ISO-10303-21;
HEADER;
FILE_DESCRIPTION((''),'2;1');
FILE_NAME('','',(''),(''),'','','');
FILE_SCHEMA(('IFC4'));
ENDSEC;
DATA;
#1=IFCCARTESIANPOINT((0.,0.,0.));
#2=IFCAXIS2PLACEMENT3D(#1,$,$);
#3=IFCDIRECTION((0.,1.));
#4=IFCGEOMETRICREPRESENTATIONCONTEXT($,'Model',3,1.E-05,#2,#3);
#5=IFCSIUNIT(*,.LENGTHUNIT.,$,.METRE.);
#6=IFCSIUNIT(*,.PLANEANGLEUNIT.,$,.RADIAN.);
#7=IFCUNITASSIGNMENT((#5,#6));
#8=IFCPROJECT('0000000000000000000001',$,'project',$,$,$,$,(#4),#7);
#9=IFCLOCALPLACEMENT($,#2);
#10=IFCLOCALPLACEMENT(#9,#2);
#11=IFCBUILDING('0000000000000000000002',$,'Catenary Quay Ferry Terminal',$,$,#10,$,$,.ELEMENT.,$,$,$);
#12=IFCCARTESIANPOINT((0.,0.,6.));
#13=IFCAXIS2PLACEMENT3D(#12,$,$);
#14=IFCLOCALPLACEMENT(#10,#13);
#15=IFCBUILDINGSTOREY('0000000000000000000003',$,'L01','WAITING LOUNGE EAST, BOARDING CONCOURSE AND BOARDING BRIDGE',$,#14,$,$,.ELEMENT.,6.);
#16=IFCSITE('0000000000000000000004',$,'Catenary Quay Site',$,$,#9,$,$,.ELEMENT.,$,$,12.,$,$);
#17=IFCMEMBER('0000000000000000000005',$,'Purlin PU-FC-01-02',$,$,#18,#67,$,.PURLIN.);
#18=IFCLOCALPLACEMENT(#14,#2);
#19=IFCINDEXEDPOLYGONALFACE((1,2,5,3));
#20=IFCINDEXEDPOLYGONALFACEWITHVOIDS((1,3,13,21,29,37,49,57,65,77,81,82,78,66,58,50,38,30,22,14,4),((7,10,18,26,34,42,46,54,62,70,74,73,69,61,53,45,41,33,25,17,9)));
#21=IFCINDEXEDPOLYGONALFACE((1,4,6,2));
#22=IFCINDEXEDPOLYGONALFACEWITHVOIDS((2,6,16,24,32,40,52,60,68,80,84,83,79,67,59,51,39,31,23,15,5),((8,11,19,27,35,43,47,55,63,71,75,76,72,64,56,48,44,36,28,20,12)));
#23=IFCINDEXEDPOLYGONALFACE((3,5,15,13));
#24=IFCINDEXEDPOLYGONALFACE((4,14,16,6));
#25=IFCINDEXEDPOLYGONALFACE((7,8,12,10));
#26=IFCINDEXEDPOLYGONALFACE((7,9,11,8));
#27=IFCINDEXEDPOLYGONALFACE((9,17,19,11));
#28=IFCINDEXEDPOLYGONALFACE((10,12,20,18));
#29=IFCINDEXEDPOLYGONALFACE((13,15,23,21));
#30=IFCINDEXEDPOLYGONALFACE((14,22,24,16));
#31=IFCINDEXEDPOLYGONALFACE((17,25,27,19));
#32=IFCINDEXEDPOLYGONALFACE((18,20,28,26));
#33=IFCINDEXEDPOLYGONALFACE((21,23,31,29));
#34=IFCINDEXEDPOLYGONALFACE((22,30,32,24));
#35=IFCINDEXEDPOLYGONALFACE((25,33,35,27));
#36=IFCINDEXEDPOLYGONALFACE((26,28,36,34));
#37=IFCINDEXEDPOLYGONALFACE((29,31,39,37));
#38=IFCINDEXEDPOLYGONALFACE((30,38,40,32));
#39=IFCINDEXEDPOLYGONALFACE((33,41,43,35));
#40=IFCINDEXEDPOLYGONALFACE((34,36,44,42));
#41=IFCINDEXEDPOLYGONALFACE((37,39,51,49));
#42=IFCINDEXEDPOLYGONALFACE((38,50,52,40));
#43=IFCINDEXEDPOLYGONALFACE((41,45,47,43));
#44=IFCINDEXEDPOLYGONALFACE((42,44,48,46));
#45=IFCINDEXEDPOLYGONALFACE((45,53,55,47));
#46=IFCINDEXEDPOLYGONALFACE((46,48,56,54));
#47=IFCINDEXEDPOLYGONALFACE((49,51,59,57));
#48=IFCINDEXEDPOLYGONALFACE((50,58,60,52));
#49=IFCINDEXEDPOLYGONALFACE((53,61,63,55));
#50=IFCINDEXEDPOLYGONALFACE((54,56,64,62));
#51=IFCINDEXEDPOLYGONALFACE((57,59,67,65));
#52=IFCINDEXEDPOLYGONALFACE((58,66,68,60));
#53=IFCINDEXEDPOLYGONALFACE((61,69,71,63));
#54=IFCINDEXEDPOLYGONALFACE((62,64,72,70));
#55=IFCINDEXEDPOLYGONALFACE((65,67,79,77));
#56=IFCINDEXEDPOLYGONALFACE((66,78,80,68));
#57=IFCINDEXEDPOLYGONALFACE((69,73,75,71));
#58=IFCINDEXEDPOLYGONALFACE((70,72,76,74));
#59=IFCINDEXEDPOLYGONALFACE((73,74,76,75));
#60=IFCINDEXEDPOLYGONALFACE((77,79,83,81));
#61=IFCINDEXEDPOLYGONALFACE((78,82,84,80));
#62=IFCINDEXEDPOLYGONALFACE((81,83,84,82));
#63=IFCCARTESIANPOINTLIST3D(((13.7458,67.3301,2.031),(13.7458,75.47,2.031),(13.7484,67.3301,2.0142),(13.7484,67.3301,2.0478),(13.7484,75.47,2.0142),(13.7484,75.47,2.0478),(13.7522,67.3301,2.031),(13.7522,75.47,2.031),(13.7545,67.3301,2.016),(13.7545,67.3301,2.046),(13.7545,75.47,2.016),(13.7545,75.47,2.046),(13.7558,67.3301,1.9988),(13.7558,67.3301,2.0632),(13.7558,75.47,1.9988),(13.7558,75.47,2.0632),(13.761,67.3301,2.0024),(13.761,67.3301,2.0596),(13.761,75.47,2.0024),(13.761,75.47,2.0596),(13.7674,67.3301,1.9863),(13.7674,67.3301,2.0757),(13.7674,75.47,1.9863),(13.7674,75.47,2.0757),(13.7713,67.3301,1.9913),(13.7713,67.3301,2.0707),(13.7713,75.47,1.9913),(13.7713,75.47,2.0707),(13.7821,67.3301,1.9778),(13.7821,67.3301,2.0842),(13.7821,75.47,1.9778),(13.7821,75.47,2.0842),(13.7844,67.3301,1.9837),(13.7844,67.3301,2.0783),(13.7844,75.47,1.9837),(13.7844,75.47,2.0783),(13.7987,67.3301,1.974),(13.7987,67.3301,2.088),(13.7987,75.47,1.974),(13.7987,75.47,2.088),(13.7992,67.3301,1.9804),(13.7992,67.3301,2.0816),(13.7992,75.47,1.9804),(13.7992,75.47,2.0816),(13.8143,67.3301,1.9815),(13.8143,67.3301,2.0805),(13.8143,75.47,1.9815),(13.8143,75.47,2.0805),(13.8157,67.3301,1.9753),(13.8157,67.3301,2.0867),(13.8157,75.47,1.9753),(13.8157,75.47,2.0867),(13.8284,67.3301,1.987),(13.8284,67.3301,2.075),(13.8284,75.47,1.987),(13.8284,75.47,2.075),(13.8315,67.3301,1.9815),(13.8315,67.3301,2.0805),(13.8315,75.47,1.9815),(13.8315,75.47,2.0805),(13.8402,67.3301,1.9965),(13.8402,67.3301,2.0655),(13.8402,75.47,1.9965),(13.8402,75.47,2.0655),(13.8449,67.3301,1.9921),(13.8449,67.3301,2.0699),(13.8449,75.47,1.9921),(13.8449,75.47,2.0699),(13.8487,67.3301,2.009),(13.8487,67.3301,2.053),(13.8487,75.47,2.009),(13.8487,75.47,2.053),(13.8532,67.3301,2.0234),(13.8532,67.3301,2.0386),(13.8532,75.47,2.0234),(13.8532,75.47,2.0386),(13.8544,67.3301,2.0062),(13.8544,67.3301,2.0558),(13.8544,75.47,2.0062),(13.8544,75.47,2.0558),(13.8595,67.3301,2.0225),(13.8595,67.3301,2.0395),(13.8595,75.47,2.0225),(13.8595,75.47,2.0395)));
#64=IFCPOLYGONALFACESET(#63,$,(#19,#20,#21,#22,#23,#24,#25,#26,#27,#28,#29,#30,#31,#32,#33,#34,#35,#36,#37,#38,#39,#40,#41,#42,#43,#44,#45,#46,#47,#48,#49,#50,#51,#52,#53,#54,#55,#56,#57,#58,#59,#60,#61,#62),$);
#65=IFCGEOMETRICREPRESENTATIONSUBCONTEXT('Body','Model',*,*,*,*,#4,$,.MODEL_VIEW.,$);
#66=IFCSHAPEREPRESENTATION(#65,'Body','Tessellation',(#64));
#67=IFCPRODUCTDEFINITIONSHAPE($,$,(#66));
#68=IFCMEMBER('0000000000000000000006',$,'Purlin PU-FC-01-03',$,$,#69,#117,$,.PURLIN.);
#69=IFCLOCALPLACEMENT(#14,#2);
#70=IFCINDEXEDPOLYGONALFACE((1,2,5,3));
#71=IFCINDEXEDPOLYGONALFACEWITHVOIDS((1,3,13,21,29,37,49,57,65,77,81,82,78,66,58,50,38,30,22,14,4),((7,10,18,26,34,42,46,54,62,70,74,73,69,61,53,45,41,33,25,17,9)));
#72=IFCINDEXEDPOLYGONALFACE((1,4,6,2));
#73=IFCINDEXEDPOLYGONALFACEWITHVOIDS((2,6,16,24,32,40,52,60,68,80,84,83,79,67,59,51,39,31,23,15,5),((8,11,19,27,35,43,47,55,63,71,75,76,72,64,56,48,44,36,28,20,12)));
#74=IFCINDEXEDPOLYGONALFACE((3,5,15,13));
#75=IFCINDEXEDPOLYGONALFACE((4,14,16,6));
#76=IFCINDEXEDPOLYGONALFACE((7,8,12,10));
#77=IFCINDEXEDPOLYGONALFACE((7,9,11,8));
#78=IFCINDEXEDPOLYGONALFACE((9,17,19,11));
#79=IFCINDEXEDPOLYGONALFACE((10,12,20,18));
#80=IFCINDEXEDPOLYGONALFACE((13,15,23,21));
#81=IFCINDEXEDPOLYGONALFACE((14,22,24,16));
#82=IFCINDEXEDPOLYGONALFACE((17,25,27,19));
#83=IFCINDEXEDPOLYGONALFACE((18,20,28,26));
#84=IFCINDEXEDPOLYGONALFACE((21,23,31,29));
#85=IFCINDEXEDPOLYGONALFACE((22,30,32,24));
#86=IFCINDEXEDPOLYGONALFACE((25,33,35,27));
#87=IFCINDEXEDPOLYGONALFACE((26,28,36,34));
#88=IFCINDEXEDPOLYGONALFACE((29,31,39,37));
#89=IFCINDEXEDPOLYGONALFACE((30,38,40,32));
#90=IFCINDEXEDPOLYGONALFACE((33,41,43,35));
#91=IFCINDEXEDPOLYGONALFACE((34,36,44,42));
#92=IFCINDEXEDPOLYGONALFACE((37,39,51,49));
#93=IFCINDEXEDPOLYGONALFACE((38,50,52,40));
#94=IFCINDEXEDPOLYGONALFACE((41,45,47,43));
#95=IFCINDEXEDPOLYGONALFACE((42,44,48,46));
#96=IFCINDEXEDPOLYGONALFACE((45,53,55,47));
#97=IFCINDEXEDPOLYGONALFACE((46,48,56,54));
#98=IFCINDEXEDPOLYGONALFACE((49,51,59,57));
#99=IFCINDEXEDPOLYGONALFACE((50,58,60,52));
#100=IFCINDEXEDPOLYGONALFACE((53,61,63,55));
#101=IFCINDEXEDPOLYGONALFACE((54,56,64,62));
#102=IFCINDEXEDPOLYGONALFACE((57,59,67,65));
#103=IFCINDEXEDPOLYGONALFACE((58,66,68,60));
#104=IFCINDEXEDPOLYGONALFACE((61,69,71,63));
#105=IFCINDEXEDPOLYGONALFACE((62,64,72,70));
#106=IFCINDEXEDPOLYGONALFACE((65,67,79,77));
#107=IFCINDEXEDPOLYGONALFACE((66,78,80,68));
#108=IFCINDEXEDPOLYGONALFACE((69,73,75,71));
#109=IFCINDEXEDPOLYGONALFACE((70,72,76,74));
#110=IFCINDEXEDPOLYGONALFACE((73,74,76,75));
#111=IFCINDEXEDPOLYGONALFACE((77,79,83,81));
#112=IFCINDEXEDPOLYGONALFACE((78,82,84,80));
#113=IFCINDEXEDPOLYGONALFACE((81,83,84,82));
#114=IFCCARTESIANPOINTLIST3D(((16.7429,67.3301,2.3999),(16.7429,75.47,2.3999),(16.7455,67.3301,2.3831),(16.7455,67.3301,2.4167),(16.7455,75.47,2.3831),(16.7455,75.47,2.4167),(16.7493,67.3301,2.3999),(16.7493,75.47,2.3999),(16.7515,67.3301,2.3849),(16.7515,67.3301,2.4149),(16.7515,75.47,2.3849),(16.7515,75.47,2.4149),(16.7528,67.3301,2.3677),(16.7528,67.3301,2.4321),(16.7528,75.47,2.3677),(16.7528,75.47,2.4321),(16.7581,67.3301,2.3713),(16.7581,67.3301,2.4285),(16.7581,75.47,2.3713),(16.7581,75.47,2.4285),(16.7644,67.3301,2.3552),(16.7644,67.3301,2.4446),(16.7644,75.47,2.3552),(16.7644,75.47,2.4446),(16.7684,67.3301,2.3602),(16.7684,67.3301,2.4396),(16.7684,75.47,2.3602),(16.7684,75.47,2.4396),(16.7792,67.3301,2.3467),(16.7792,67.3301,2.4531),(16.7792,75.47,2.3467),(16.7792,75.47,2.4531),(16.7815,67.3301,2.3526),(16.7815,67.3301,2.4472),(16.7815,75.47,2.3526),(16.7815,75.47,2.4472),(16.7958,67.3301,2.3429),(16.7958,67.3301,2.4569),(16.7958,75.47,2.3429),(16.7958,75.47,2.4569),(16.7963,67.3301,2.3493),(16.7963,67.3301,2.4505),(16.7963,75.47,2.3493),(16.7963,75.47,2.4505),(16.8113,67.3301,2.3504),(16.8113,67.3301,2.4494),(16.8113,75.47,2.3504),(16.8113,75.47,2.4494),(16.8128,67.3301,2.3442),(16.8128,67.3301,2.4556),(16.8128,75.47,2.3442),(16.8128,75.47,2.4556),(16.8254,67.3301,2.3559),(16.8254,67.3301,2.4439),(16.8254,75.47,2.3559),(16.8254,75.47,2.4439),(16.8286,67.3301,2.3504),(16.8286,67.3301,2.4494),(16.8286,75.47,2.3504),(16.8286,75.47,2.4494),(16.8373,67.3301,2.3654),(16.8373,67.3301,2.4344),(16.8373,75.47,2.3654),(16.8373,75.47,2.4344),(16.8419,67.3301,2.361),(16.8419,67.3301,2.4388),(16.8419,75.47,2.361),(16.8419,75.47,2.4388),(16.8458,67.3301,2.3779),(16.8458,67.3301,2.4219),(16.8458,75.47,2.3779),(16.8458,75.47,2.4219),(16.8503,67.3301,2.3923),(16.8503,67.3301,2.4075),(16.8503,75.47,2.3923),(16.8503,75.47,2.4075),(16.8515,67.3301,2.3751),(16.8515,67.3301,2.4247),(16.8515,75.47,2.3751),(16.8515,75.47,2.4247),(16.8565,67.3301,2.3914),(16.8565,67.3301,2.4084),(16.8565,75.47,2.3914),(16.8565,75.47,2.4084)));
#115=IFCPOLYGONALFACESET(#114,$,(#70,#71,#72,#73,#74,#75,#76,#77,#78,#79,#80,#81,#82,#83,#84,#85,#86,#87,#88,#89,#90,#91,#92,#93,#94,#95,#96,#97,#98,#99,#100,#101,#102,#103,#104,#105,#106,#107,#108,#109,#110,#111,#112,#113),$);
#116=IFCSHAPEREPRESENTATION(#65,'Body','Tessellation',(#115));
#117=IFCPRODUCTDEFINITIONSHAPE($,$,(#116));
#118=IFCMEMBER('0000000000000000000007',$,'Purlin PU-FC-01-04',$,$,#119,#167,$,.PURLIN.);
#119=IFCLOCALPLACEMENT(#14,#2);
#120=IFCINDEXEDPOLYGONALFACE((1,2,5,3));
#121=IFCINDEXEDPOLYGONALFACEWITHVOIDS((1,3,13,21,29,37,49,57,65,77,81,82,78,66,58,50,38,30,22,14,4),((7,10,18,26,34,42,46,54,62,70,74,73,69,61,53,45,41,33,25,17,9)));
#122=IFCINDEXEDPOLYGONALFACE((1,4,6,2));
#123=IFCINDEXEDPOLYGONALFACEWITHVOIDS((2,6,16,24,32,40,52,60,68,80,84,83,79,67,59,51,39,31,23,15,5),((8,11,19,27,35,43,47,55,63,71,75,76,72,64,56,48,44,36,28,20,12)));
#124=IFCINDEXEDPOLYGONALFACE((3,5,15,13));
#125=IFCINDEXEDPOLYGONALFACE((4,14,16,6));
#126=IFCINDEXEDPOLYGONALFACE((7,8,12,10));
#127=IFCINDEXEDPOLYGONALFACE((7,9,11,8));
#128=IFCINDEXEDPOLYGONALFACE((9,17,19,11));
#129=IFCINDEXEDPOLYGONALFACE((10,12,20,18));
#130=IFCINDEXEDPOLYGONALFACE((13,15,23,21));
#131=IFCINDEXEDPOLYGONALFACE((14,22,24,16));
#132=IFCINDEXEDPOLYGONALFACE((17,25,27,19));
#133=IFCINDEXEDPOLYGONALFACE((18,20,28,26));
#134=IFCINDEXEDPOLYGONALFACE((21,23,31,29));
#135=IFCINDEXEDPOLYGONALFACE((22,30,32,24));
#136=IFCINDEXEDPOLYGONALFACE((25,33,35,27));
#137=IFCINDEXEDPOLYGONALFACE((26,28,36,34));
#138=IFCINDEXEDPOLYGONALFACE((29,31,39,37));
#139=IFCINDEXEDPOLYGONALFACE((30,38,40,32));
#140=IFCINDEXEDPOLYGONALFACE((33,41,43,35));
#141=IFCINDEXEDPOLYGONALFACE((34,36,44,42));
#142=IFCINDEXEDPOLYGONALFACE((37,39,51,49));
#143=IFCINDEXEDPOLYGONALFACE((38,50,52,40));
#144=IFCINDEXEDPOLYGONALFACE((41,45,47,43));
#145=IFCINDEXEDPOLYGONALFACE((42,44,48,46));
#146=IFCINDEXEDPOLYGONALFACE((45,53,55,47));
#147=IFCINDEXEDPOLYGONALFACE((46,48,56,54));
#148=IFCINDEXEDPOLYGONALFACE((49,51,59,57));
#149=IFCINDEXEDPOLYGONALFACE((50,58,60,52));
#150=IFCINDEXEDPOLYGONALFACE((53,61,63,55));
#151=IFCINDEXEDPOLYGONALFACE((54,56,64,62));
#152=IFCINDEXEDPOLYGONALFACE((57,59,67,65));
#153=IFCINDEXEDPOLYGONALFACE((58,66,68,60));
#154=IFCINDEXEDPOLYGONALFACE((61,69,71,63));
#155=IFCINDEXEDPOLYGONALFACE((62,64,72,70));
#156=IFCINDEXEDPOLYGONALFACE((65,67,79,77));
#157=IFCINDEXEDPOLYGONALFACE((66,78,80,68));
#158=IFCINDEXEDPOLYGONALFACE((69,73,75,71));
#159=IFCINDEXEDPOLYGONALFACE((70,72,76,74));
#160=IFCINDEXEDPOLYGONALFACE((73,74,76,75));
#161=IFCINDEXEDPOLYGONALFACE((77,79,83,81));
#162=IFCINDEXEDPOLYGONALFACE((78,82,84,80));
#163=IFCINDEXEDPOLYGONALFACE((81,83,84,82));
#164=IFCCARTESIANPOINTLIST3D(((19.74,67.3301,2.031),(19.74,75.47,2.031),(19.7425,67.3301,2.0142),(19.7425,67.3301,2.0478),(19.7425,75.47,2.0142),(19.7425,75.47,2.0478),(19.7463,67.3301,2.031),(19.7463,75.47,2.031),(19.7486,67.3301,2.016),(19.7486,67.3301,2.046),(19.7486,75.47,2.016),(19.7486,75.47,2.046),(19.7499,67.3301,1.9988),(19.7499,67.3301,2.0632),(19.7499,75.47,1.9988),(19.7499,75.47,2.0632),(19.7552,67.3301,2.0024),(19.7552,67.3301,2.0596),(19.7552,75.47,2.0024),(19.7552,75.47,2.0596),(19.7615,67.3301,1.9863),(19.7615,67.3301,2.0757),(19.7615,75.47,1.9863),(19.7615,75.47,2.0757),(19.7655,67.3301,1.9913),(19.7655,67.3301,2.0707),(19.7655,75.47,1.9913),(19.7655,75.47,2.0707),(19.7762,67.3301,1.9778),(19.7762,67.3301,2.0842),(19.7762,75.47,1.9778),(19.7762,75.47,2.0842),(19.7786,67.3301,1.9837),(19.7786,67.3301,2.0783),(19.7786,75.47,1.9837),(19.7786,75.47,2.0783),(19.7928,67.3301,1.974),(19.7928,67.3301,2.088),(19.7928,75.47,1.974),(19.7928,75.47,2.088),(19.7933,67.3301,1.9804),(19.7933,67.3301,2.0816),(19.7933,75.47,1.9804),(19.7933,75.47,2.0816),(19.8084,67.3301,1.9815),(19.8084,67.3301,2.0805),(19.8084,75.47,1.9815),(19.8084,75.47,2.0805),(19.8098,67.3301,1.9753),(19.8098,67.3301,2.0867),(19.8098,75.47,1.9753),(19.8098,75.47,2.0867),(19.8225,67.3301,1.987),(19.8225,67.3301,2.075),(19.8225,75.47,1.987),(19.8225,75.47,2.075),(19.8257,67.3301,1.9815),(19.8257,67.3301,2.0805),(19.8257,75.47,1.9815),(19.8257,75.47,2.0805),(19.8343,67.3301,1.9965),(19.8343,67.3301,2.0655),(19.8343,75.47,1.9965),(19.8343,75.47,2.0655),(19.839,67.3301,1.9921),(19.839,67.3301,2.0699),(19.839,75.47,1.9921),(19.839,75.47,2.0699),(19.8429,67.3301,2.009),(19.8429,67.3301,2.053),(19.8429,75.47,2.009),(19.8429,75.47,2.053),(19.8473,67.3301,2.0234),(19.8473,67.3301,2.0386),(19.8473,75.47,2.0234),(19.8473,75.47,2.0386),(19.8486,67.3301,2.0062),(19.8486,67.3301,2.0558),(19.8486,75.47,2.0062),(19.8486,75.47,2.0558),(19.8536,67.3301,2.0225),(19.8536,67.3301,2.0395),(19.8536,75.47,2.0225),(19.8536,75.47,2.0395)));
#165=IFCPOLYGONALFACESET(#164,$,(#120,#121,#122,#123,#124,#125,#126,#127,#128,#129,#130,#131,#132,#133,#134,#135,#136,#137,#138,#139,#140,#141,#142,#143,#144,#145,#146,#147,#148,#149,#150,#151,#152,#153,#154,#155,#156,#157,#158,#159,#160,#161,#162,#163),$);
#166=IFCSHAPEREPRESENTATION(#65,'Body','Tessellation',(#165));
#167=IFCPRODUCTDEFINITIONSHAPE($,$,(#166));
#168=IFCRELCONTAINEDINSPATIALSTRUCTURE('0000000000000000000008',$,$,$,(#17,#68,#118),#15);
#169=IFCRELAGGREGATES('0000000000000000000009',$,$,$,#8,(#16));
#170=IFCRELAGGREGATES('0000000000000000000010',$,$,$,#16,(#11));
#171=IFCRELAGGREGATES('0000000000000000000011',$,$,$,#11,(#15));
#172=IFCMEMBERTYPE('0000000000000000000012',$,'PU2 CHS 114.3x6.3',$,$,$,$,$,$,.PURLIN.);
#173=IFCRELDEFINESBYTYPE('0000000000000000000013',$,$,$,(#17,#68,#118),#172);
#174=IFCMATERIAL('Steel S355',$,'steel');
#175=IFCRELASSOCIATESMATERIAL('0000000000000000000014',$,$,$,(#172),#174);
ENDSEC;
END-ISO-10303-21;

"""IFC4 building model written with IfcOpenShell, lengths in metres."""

from ifc_helpers import new_model, si_unit, direction, frame, origin, origin_2d, place, context, subcontext, project, spatial, hollow_circle, extrude, material, material_profile, profile_set, type_object, element, save


model = new_model("IFC4")

# Units and contexts
model_context = context("Model", 3, precision=1e-05, world=origin(), true_north=direction((0.0, 1.0)))
body_context = subcontext(model_context, "Body", "Model", "MODEL_VIEW")
ifc_project = project(units=[si_unit("LENGTHUNIT", "METRE"), si_unit("PLANEANGLEUNIT", "RADIAN")], contexts=[model_context])

# Site, building, storey
site_placement = place(None, origin())
site = spatial("IfcSite", under=ifc_project, at=site_placement, Name="Catenary Quay Site", CompositionType="ELEMENT", RefElevation=12.0)
building_placement = place(site_placement, origin())
building = spatial("IfcBuilding", under=site, at=building_placement, Name="Catenary Quay Ferry Terminal", CompositionType="ELEMENT")
storey_placement = place(building_placement, frame((0.0, 0.0, 6.0)))
storey = spatial("IfcBuildingStorey", under=building, at=storey_placement, Name="L01", Description="WAITING LOUNGE EAST, BOARDING CONCOURSE AND BOARDING BRIDGE", CompositionType="ELEMENT", Elevation=6.0)

# Members
ifc_material_1 = material(Name="Steel S355", Category="steel")
ifc_material_profile_1 = material_profile(ifc_material_1, hollow_circle(Radius=0.0571, WallThickness=0.0063, at=origin_2d()), Name="CHS 114.3x6.3")
ifc_profile_set_1 = profile_set([ifc_material_profile_1], Name="Steel S355")
member_type_1 = type_object("IfcMemberType", Name="PU2 CHS 114.3x6.3", PredefinedType="PURLIN", material=ifc_profile_set_1)
for number, where, z_axis, x_axis, name in (
    (1, (13.803, 67.3301, 2.031), (0.0, 1.0, 0.0), (-1.0, 0.0, 0.0), "Purlin PU-FC-01-02"),
    (2, (16.8, 67.3301, 2.3999), (0.0, 1.0, 0.0), (-1.0, 0.0, 0.0), "Purlin PU-FC-01-03"),
    (3, (19.7971, 67.3301, 2.031), (0.0, 1.0, 0.0), (-1.0, 0.0, 0.0), "Purlin PU-FC-01-04"),
):
    element("IfcMember", number, at=place(storey_placement, frame(where, z_axis=z_axis, x_axis=x_axis)), inside=storey, type_object=member_type_1, Name=name, PredefinedType="PURLIN", context=body_context, shape_type="SweptSolid", body=[
        extrude(hollow_circle(Radius=0.0571, WallThickness=0.0063, at=origin_2d()), origin(), (0.0, 0.0, 1.0), 8.1399),
    ])

save(model, "model.ifc")
